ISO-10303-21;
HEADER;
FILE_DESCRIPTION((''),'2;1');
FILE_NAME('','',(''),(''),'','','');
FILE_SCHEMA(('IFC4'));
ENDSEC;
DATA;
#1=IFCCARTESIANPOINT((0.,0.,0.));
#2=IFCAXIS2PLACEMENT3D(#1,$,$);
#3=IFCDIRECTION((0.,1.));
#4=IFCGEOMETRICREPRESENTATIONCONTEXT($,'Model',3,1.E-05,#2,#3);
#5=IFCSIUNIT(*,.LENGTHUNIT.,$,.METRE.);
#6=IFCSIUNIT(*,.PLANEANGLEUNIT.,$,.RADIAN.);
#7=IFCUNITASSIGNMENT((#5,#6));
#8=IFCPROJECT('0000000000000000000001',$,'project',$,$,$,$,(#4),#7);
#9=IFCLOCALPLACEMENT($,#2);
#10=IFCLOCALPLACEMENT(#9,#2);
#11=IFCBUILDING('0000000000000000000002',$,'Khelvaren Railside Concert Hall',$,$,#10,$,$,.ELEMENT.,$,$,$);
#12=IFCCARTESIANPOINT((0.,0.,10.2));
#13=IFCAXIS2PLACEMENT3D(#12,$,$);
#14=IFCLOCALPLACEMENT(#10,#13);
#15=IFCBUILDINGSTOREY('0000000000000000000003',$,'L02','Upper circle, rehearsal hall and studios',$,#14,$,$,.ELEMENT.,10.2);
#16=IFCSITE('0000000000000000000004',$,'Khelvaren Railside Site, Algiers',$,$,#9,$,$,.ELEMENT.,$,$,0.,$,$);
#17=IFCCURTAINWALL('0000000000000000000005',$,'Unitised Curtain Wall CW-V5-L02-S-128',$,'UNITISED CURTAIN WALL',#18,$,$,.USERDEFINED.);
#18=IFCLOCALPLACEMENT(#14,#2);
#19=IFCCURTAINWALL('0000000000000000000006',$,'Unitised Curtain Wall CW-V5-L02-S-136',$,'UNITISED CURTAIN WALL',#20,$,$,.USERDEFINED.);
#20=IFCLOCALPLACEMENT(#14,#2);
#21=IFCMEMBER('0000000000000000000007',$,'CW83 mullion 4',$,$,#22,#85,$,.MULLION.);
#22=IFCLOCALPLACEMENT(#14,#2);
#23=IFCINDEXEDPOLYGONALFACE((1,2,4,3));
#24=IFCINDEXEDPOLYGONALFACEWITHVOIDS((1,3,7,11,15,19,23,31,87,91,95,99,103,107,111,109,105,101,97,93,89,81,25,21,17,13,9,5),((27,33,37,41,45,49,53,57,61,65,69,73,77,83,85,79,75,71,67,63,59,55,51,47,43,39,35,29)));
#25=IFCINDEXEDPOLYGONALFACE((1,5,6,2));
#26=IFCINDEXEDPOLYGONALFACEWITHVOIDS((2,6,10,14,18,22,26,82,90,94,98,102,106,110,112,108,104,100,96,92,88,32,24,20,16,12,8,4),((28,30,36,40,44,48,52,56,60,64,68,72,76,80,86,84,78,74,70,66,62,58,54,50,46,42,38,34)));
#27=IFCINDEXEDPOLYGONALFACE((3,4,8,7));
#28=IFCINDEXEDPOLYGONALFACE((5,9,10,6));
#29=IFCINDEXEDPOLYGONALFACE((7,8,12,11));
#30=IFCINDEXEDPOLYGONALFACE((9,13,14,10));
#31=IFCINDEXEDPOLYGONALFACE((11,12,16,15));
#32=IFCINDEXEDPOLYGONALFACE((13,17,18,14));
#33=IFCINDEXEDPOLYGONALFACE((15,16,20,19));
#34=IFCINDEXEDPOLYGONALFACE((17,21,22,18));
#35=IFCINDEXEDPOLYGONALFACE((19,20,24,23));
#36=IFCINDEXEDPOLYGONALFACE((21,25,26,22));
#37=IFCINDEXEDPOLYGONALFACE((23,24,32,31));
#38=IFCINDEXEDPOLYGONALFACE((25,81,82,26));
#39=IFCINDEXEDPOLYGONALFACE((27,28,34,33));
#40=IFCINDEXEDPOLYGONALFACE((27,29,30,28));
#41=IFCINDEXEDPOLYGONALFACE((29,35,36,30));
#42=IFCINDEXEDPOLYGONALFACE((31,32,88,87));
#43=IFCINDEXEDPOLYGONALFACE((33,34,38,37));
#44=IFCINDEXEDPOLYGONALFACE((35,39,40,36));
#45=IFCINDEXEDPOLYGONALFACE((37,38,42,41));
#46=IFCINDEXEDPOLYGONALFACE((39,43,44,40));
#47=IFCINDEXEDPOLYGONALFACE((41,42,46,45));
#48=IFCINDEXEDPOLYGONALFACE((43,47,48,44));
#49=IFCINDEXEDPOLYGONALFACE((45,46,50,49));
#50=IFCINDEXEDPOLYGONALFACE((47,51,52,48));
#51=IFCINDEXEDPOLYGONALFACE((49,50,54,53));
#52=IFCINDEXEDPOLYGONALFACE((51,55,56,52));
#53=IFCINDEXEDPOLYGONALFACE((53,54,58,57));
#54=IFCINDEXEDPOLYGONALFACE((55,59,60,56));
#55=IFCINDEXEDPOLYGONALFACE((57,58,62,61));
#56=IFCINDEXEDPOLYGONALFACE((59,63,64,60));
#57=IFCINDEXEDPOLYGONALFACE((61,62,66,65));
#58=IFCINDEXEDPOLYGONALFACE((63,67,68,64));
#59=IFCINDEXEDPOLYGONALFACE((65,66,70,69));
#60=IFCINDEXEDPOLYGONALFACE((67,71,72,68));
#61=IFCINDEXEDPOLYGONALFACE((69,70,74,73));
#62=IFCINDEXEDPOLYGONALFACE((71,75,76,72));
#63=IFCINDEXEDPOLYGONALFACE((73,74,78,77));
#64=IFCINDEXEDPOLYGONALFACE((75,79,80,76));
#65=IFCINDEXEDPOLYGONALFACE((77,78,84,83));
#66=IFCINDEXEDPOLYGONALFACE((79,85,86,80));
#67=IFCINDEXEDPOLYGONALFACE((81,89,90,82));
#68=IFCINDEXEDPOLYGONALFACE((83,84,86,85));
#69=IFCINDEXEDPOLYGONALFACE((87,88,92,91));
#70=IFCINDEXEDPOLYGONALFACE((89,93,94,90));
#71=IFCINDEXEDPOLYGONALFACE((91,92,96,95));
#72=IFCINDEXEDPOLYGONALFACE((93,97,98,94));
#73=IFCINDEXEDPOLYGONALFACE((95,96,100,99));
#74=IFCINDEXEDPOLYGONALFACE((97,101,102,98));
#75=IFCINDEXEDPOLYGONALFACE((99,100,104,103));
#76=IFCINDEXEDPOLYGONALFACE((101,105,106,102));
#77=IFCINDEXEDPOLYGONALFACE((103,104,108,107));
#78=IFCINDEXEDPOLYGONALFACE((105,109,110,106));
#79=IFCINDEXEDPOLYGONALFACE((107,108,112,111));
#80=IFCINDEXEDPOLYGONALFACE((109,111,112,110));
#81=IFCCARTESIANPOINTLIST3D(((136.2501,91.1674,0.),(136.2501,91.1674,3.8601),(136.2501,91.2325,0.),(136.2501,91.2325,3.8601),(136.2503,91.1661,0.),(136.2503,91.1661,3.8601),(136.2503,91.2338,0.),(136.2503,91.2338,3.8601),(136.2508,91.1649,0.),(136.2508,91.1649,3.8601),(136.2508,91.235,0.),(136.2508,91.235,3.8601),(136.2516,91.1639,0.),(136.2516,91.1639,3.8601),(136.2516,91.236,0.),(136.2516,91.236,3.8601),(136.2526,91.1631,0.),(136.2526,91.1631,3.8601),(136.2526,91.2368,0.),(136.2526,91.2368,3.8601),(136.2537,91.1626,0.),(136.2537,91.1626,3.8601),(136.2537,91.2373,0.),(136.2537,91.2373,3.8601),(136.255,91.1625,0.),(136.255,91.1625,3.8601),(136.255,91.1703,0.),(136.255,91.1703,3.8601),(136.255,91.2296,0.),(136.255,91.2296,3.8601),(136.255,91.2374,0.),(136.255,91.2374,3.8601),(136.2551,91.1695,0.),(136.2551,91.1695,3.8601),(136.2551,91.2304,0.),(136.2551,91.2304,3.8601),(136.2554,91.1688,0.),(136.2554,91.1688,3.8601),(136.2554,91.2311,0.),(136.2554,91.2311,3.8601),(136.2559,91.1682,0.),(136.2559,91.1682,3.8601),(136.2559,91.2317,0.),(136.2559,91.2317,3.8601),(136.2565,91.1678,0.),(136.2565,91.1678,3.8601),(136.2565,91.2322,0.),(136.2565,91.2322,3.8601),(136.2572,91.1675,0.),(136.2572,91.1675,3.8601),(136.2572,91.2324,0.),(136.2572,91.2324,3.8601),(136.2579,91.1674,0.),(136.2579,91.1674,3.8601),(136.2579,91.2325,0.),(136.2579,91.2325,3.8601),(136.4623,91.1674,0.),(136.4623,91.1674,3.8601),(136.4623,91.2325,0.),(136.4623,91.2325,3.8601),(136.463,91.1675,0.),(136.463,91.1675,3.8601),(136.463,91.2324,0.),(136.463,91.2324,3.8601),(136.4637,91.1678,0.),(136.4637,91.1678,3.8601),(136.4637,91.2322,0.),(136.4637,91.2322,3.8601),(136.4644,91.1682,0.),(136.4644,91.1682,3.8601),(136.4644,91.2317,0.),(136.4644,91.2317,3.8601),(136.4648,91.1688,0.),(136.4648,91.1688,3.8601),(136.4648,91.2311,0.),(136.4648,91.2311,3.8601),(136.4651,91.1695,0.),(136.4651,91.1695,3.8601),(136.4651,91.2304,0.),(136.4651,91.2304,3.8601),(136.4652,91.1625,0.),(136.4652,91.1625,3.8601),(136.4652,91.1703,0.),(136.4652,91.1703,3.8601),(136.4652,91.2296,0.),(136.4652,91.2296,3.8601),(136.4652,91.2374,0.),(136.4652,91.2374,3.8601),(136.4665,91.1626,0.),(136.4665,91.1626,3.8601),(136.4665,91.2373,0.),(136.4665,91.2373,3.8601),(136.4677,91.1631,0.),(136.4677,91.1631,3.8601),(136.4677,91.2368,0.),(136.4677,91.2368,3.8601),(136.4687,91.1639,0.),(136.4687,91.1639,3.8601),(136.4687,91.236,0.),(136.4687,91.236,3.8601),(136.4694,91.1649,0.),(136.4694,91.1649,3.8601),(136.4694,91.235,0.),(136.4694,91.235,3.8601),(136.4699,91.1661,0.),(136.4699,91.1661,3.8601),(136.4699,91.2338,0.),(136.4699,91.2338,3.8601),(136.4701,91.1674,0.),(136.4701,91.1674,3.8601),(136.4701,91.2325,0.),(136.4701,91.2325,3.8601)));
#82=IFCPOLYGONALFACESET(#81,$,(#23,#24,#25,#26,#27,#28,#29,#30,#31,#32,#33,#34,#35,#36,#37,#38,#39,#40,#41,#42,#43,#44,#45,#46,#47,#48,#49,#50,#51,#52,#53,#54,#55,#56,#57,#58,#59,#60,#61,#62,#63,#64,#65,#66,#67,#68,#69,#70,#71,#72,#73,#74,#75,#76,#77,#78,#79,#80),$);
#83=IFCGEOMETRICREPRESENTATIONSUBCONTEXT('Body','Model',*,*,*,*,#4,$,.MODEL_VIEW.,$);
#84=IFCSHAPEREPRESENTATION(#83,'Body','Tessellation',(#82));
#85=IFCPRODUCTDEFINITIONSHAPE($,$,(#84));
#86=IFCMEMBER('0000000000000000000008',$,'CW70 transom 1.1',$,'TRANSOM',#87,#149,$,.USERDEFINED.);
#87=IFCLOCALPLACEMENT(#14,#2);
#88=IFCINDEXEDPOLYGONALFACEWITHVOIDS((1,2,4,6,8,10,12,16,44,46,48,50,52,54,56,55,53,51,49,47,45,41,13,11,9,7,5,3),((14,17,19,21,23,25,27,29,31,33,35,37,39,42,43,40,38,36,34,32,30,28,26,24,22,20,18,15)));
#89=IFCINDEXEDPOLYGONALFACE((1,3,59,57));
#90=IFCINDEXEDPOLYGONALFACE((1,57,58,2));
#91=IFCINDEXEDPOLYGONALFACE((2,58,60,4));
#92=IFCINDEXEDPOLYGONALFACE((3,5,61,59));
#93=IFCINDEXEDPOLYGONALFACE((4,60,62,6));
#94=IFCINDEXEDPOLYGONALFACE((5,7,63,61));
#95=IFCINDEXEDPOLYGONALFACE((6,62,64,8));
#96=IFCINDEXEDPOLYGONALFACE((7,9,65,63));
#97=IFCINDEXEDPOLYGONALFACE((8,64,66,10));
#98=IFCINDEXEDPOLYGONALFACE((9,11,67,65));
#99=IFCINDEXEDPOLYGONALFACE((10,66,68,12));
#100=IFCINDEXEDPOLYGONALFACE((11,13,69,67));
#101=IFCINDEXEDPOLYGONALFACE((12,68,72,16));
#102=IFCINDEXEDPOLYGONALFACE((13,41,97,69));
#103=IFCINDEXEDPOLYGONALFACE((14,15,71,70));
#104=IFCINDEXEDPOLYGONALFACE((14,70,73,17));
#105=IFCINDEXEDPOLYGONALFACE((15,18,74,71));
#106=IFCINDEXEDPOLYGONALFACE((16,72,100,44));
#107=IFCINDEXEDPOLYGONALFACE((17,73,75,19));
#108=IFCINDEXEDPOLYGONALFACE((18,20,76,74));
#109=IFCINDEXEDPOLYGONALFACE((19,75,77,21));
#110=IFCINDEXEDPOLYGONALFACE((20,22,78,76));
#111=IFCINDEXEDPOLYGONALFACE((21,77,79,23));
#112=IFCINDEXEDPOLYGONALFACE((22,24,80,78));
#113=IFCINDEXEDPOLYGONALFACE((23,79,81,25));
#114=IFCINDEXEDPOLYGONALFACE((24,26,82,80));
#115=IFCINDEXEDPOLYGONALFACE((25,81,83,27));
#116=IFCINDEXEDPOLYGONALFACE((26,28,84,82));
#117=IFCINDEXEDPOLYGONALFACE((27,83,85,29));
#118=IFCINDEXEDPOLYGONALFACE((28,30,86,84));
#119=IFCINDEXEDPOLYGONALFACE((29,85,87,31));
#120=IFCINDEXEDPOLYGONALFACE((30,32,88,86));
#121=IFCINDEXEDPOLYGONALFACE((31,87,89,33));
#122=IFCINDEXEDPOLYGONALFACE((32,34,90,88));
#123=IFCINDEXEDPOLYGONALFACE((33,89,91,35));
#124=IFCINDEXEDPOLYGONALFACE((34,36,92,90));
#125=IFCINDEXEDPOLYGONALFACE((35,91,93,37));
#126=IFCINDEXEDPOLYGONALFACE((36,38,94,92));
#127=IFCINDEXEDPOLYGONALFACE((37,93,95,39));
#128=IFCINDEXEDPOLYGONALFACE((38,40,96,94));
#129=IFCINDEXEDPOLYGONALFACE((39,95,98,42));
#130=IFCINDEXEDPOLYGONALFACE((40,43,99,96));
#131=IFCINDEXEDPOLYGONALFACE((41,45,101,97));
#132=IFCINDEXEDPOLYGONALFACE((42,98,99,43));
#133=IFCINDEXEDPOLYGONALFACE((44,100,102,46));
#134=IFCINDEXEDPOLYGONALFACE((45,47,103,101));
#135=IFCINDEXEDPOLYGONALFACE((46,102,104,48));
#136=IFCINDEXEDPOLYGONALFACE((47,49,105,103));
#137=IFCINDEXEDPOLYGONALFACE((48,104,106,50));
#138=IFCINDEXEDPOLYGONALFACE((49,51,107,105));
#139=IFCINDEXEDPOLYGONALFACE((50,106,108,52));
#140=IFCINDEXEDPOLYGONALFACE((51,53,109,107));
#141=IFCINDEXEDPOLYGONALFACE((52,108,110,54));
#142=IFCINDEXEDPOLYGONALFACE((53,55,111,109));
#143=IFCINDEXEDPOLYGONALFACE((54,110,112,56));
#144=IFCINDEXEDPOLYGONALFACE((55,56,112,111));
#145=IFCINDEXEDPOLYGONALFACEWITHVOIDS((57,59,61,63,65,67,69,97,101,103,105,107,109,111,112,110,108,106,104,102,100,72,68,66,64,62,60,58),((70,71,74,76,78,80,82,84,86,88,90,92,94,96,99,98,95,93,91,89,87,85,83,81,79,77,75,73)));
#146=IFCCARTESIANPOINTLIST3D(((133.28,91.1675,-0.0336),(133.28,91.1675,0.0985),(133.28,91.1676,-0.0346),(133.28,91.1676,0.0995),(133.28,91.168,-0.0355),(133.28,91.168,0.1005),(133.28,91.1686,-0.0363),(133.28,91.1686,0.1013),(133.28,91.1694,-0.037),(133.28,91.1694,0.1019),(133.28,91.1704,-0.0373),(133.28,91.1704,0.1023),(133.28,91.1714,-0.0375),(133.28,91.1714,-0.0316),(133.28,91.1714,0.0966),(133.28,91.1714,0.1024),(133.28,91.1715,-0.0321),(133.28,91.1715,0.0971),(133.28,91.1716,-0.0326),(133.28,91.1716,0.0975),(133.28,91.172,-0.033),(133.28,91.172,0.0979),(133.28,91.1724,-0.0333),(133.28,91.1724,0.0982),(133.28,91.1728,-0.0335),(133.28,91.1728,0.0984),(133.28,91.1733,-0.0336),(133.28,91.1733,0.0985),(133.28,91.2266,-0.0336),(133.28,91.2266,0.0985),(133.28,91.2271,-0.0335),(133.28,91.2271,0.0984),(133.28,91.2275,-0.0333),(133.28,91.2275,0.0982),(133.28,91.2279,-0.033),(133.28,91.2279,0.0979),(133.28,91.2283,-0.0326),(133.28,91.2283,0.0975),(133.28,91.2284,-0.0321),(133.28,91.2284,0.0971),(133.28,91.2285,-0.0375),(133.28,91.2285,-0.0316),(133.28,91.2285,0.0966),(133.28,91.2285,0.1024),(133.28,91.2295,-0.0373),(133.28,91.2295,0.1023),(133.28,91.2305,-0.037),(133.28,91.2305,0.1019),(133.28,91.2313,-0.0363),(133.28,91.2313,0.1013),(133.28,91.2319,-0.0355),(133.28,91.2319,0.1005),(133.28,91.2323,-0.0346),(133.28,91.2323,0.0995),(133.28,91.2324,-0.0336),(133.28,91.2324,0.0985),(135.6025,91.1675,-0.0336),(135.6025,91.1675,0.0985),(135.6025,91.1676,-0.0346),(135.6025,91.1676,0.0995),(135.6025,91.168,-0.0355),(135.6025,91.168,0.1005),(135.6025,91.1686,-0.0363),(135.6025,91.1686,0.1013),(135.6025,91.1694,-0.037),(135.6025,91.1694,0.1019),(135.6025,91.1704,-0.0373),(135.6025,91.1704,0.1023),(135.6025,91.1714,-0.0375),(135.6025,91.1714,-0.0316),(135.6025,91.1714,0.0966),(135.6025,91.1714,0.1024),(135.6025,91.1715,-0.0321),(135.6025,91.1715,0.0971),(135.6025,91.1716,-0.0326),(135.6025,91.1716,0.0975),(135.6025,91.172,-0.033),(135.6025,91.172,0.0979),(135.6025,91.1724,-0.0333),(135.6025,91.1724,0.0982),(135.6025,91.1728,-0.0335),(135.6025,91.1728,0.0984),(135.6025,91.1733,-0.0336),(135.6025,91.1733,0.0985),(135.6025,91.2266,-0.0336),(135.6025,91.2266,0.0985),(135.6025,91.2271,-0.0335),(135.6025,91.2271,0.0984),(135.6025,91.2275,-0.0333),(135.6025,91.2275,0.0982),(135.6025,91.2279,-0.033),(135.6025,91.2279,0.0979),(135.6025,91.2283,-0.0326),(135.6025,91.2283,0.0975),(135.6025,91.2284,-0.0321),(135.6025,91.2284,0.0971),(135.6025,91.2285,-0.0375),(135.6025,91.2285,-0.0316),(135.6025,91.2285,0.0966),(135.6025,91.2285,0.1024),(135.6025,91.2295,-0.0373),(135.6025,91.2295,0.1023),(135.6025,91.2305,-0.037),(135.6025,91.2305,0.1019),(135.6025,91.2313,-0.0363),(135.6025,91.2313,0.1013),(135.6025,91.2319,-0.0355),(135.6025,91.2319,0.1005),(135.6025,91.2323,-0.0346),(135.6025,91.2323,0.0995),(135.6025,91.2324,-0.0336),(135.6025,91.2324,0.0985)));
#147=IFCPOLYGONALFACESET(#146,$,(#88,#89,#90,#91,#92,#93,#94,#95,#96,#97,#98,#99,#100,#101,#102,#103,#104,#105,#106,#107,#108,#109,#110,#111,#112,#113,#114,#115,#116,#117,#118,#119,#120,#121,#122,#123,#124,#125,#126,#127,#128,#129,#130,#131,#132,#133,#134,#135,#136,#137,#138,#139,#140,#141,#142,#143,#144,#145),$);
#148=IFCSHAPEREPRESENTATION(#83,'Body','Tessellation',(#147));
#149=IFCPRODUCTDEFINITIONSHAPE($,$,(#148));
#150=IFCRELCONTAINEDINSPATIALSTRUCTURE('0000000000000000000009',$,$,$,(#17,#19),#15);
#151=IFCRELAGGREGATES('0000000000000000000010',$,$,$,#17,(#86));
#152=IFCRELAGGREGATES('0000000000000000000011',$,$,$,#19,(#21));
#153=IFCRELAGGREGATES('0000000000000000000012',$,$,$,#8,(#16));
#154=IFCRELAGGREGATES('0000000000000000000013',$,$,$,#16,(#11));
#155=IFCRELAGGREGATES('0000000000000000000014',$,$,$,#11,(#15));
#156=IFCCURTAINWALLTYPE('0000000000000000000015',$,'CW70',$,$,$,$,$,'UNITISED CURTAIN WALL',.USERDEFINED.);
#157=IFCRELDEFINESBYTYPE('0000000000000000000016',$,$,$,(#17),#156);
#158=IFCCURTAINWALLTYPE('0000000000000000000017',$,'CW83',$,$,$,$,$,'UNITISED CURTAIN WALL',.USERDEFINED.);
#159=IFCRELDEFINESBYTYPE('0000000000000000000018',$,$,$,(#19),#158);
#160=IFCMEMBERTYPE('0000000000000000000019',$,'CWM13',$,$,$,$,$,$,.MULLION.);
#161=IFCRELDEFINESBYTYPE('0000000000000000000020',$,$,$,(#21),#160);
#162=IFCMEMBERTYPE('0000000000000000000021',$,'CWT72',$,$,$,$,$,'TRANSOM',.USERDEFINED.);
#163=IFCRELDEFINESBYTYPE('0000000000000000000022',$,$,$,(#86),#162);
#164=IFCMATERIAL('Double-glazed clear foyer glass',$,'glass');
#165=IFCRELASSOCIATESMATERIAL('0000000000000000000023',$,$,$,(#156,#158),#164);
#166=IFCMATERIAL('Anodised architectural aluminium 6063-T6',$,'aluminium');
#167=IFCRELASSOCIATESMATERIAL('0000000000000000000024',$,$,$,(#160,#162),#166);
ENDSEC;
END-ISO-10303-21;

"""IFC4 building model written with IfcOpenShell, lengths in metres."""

from ifc_helpers import new_model, si_unit, direction, frame, origin, origin_2d, place, context, subcontext, project, spatial, hollow_rectangle, extrude, material, material_profile, profile_set, type_object, element, aggregate, save


model = new_model("IFC4")

# Units and contexts
model_context = context("Model", 3, precision=1e-05, world=origin(), true_north=direction((0.0, 1.0)))
body_context = subcontext(model_context, "Body", "Model", "MODEL_VIEW")
ifc_project = project(units=[si_unit("LENGTHUNIT", "METRE"), si_unit("PLANEANGLEUNIT", "RADIAN")], contexts=[model_context])

# Site, building, storey
site_placement = place(None, origin())
site = spatial("IfcSite", under=ifc_project, at=site_placement, Name="Khelvaren Railside Site, Algiers", CompositionType="ELEMENT", RefElevation=0.0)
building_placement = place(site_placement, origin())
building = spatial("IfcBuilding", under=site, at=building_placement, Name="Khelvaren Railside Concert Hall", CompositionType="ELEMENT")
storey_placement = place(building_placement, frame((0.0, 0.0, 10.2)))
storey = spatial("IfcBuildingStorey", under=building, at=storey_placement, Name="L02", Description="Upper circle, rehearsal hall and studios", CompositionType="ELEMENT", Elevation=10.2)

# Curtain wall
ifc_material_1 = material(Name="Double-glazed clear foyer glass", Category="glass")
curtain_wall_type_1 = type_object("IfcCurtainWallType", Name="CW70", ElementType="UNITISED CURTAIN WALL", PredefinedType="USERDEFINED", material=ifc_material_1)
curtain_wall_1_placement = place(storey_placement, origin())
curtain_wall_1 = element("IfcCurtainWall", 1, at=curtain_wall_1_placement, inside=storey, type_object=curtain_wall_type_1, Name="Unitised Curtain Wall CW-V5-L02-S-128", ObjectType="UNITISED CURTAIN WALL", PredefinedType="USERDEFINED")
ifc_material_2 = material(Name="Anodised architectural aluminium 6063-T6", Category="aluminium")
ifc_material_profile_1 = material_profile(ifc_material_2, hollow_rectangle(XDim=0.075, YDim=0.22, WallThickness=0.0049, InnerFilletRadius=0.0029, OuterFilletRadius=0.0049, at=origin_2d()), Name="CWM 75x220x5")
ifc_profile_set_1 = profile_set([ifc_material_profile_1], Name="Anodised architectural aluminium 6063-T6")
member_type_1 = type_object("IfcMemberType", Name="CWM13", PredefinedType="MULLION", material=ifc_profile_set_1)

# Curtain wall, member
curtain_wall_type_2 = type_object("IfcCurtainWallType", Name="CW83", ElementType="UNITISED CURTAIN WALL", PredefinedType="USERDEFINED", material=ifc_material_1)
curtain_wall_2_placement = place(storey_placement, origin())
curtain_wall_2 = element("IfcCurtainWall", 2, at=curtain_wall_2_placement, inside=storey, type_object=curtain_wall_type_2, Name="Unitised Curtain Wall CW-V5-L02-S-136", ObjectType="UNITISED CURTAIN WALL", PredefinedType="USERDEFINED")
member_1_placement = place(storey_placement, frame((136.3601, 91.2, 0.0), z_axis=(0.0, 0.0, 1.0), x_axis=(0.0, -1.0, 0.0)))
member_1 = element("IfcMember", 3, at=member_1_placement, type_object=member_type_1, Name="CW83 mullion 4", PredefinedType="MULLION", context=body_context, shape_type="SweptSolid", body=[
    extrude(hollow_rectangle(XDim=0.075, YDim=0.22, WallThickness=0.0049, InnerFilletRadius=0.0029, OuterFilletRadius=0.0049, at=origin_2d()), origin(), (0.0, 0.0, 1.0), 3.8601),
])

# Member
ifc_material_profile_2 = material_profile(ifc_material_2, hollow_rectangle(XDim=0.0649, YDim=0.1399, WallThickness=0.0039, InnerFilletRadius=0.002, OuterFilletRadius=0.0039, at=origin_2d()), Name="CWT 65x140x4")
ifc_profile_set_2 = profile_set([ifc_material_profile_2], Name="Anodised architectural aluminium 6063-T6")
member_type_2 = type_object("IfcMemberType", Name="CWT72", ElementType="TRANSOM", PredefinedType="USERDEFINED", material=ifc_profile_set_2)
member_2_placement = place(storey_placement, frame((135.6025, 91.2, 0.0325), z_axis=(-1.0, 0.0, 0.0), x_axis=(0.0, -1.0, 0.0)))
member_2 = element("IfcMember", 4, at=member_2_placement, type_object=member_type_2, Name="CW70 transom 1.1", ObjectType="TRANSOM", PredefinedType="USERDEFINED", context=body_context, shape_type="SweptSolid", body=[
    extrude(hollow_rectangle(XDim=0.0649, YDim=0.1399, WallThickness=0.0039, InnerFilletRadius=0.002, OuterFilletRadius=0.0039, at=origin_2d()), origin(), (0.0, 0.0, 1.0), 2.3225),
])

aggregate(curtain_wall_1, [member_2])
aggregate(curtain_wall_2, [member_1])

save(model, "model.ifc")
